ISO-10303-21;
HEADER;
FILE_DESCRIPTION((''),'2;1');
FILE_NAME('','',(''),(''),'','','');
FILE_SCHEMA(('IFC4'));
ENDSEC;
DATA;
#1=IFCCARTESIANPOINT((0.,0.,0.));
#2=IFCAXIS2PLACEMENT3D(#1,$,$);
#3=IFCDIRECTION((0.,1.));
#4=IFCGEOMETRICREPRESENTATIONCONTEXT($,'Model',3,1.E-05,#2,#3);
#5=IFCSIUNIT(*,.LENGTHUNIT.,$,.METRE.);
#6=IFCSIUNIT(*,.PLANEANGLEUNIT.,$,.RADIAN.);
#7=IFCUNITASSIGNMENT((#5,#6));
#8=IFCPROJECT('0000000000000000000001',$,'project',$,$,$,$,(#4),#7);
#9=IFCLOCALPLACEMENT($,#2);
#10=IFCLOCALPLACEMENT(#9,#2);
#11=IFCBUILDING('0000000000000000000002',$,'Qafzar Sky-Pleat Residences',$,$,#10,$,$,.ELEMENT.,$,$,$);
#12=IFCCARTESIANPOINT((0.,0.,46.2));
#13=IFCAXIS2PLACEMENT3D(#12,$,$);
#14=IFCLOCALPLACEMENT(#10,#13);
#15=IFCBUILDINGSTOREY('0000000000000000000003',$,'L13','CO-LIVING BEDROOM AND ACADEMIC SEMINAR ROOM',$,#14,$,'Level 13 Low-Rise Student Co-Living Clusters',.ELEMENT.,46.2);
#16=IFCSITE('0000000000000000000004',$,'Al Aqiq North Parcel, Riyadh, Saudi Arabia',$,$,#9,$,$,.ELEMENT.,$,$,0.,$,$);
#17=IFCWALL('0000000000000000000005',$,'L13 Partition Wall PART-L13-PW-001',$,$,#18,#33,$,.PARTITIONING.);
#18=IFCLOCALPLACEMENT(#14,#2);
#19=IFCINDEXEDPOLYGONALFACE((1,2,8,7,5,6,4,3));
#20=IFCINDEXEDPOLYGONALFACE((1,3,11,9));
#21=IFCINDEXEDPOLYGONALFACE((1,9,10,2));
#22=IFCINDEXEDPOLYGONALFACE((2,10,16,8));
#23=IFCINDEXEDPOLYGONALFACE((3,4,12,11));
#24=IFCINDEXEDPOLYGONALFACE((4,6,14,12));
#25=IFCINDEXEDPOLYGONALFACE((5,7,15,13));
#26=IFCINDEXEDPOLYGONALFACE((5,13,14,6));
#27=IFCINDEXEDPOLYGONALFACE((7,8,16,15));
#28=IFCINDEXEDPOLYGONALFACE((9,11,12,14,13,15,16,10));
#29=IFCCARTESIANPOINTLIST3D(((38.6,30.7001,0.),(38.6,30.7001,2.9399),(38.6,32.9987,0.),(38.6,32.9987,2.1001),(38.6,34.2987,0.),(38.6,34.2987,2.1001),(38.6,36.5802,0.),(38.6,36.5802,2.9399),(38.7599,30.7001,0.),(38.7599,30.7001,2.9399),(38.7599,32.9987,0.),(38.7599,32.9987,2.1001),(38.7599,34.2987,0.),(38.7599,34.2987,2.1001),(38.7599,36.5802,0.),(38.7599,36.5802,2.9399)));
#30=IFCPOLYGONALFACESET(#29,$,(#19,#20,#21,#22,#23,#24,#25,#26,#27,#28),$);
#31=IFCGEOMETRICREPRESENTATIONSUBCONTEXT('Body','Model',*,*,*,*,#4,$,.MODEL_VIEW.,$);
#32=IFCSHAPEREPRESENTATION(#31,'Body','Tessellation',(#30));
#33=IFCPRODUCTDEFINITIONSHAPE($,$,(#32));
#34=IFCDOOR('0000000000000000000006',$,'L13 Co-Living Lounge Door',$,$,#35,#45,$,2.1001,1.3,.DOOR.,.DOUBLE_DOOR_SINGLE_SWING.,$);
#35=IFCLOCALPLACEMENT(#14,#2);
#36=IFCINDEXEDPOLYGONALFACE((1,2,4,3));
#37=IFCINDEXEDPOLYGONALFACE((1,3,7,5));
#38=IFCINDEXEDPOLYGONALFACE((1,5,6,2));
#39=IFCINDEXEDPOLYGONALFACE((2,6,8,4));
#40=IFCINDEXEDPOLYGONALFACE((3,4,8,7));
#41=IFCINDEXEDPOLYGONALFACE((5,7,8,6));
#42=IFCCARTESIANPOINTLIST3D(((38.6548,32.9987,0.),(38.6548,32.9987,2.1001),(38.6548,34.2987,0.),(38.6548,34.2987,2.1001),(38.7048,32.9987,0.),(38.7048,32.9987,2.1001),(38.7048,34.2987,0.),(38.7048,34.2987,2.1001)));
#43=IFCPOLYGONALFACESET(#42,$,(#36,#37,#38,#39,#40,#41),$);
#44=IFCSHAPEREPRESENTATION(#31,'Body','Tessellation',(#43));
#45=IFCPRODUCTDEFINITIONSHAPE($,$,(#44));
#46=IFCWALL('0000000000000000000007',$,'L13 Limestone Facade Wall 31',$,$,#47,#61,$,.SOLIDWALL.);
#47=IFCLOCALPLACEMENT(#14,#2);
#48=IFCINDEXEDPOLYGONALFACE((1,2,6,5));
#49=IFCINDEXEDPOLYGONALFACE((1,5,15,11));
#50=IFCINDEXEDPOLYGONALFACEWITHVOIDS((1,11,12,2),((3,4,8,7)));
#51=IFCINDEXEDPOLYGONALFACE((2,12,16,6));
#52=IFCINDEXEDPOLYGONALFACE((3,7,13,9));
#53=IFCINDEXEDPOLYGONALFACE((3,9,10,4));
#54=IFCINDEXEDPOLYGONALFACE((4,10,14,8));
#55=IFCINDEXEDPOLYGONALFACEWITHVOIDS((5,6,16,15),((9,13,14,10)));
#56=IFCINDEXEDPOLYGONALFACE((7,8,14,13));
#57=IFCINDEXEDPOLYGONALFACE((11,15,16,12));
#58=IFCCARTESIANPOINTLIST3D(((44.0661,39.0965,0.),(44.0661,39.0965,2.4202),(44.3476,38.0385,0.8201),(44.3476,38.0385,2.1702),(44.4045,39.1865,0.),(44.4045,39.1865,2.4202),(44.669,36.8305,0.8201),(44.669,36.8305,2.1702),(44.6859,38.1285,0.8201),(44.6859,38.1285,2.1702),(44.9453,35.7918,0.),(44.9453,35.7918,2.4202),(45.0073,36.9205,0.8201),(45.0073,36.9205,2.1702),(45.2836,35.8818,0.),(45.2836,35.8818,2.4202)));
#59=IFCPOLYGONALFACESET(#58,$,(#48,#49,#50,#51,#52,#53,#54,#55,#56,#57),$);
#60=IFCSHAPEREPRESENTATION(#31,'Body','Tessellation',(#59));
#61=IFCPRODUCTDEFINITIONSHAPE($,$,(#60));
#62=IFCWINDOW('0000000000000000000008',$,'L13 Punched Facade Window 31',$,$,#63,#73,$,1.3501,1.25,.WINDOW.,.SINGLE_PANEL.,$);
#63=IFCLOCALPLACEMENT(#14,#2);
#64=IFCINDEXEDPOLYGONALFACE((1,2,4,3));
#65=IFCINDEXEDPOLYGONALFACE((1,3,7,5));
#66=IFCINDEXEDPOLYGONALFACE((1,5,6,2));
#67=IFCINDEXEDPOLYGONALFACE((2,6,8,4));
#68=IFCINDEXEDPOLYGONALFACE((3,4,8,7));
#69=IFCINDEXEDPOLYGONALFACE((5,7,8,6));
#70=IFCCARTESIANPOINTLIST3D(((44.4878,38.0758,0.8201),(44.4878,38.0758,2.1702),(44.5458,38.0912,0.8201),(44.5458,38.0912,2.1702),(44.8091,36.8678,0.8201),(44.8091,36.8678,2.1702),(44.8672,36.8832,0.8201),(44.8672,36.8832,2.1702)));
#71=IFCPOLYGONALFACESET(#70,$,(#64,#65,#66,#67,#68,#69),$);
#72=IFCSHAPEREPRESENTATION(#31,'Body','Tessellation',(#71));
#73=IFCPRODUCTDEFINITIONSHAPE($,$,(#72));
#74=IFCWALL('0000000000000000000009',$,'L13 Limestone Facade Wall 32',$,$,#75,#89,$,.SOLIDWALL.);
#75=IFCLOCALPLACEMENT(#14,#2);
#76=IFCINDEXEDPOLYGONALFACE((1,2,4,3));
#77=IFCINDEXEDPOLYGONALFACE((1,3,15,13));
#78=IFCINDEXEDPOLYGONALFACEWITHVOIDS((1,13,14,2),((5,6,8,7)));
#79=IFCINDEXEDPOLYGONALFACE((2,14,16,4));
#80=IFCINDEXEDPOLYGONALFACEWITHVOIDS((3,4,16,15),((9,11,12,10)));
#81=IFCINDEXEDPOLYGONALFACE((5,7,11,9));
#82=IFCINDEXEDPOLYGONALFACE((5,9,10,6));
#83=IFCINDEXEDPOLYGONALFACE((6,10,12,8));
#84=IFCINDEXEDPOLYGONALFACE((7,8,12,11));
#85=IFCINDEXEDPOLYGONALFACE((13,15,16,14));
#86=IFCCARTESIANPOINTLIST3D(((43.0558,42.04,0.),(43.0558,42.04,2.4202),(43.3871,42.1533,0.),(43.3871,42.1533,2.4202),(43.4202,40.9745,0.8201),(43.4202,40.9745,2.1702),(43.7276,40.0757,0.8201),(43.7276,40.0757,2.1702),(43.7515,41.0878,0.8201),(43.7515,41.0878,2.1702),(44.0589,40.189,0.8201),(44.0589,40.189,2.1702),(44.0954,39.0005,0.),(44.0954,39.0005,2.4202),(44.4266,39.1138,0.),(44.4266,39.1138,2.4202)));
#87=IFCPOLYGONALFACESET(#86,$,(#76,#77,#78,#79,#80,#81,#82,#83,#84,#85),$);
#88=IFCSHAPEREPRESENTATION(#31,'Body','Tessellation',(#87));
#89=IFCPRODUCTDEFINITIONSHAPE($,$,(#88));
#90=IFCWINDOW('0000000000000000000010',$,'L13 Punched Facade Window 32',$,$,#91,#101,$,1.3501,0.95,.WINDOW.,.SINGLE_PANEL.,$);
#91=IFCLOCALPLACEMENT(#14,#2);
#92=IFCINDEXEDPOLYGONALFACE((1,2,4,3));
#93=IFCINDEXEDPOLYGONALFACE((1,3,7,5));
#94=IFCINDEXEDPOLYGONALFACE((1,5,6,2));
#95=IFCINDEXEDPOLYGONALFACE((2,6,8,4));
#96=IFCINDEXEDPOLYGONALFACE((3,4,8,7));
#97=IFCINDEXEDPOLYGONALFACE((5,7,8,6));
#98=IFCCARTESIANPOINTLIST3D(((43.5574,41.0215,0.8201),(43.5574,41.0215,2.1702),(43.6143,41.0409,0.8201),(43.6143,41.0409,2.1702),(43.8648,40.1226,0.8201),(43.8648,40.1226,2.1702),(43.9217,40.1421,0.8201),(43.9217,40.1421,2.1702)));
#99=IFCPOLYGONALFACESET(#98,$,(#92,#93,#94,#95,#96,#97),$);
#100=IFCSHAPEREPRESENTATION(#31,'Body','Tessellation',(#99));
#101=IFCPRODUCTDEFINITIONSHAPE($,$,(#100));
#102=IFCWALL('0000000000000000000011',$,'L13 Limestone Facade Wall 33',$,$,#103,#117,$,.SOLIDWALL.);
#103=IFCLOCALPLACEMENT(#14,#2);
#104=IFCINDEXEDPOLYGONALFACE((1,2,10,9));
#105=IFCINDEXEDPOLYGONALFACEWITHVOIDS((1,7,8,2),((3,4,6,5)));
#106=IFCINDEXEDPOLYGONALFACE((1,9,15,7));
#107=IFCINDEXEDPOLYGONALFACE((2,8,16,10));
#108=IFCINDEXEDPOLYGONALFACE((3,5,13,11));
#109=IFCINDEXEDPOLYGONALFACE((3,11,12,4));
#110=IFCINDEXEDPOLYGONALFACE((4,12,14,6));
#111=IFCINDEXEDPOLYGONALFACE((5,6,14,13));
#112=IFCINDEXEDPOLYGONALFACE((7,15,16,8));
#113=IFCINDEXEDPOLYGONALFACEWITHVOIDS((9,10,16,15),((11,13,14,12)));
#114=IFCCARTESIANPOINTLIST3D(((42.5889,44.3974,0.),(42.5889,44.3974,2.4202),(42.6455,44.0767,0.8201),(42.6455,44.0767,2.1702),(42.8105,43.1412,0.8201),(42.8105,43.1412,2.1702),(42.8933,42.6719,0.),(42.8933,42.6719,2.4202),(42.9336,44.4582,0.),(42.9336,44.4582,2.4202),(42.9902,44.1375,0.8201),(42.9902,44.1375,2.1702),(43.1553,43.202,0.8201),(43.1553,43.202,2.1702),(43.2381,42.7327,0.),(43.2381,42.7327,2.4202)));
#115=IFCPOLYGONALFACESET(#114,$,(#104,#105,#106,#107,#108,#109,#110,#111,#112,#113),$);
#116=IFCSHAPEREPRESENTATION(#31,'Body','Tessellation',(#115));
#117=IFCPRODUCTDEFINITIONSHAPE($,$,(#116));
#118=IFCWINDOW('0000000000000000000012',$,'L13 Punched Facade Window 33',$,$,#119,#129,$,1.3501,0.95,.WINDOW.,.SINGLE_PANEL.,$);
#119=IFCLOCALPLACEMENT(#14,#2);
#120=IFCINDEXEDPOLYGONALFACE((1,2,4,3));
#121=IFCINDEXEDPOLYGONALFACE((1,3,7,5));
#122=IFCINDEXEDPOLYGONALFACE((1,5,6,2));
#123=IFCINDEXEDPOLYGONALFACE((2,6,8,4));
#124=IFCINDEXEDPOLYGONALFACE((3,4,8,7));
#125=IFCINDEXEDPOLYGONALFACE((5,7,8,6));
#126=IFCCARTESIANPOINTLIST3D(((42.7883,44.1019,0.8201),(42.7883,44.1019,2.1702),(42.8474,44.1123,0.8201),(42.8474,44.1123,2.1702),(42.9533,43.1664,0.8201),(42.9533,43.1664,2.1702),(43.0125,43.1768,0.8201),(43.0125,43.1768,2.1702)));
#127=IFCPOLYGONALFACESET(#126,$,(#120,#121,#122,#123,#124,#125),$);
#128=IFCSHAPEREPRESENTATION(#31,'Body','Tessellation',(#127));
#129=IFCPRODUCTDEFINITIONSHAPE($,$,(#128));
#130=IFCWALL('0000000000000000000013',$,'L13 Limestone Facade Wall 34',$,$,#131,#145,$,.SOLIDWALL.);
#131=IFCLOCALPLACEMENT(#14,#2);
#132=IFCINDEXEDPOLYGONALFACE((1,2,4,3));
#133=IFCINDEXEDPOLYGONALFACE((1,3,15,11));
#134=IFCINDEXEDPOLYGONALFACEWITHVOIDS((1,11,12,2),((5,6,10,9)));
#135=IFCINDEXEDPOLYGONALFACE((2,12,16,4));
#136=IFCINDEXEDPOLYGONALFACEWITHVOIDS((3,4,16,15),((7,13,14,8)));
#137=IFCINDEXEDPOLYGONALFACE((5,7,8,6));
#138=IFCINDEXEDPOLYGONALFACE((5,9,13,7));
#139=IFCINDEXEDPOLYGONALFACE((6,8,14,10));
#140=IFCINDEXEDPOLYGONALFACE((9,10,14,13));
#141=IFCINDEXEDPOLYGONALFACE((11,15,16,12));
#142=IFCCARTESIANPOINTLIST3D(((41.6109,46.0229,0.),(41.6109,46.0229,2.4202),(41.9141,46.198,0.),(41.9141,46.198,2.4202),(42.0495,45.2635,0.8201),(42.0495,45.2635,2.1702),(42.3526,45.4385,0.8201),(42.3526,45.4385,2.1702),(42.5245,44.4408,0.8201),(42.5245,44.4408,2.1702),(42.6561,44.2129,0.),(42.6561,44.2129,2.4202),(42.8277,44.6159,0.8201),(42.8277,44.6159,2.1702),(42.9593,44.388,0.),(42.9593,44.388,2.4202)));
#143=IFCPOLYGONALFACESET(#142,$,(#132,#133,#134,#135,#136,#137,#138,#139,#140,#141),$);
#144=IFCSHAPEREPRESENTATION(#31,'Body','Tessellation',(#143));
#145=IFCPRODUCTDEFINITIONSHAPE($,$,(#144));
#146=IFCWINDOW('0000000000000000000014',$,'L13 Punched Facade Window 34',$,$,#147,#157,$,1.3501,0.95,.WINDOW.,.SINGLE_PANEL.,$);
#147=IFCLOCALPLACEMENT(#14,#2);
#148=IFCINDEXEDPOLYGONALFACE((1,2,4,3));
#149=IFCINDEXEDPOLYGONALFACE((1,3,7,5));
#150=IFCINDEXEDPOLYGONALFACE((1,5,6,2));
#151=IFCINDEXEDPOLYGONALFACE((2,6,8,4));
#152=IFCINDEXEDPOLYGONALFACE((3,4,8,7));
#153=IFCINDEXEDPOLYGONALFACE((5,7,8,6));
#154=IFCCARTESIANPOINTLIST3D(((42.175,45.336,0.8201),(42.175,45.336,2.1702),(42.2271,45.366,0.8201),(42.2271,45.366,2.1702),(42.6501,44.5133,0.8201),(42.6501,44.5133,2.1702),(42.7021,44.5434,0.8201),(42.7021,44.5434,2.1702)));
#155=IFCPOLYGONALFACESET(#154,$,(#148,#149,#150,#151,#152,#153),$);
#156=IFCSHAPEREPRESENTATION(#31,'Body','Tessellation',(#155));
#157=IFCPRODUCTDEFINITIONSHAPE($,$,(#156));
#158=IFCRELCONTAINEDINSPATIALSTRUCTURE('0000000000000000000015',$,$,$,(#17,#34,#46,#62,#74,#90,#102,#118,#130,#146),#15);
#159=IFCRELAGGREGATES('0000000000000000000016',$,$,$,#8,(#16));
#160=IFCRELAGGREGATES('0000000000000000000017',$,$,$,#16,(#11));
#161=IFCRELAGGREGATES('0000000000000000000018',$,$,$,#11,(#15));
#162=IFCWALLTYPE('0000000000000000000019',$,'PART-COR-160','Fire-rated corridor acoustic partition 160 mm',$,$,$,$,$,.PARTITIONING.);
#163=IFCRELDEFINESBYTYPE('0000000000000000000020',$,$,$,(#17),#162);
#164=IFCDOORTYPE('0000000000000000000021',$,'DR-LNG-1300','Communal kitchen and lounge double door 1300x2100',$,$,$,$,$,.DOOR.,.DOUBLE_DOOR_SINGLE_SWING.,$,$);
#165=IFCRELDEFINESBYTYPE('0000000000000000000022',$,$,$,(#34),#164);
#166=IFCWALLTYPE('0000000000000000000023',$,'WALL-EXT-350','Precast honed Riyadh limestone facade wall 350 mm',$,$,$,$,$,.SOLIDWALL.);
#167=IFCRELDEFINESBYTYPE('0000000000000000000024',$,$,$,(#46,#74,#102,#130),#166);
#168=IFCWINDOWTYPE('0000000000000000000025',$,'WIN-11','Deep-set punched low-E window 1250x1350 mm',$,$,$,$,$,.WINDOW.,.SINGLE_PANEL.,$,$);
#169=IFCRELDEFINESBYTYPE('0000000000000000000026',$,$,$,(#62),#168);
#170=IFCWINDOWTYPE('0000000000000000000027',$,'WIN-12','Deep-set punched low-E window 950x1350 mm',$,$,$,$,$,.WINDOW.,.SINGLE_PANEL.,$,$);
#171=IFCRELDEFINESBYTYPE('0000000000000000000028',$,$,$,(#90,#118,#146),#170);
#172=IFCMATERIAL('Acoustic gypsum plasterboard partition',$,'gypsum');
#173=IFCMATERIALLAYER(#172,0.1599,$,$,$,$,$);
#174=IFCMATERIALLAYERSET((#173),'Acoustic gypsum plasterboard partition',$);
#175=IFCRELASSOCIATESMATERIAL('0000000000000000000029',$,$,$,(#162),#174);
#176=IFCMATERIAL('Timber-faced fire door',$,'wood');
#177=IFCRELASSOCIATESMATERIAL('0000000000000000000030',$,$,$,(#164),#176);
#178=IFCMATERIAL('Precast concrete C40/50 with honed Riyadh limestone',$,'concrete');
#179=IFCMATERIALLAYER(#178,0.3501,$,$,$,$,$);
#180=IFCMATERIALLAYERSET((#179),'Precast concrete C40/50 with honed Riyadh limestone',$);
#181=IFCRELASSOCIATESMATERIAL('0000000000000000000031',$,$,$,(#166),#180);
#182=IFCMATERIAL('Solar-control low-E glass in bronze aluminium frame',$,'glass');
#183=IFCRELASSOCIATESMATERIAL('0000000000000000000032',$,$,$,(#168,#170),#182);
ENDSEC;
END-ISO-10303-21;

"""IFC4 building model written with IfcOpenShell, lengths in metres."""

from ifc_helpers import new_model, si_unit, direction, frame, frame_2d, origin, place, context, subcontext, project, spatial, rectangle, extrude, source, transform, mapped, material, layer, layer_set, type_object, element, fill, save


model = new_model("IFC4")

# Units and contexts
model_context = context("Model", 3, precision=1e-05, world=origin(), true_north=direction((0.0, 1.0)))
body_context = subcontext(model_context, "Body", "Model", "MODEL_VIEW")
ifc_project = project(units=[si_unit("LENGTHUNIT", "METRE"), si_unit("PLANEANGLEUNIT", "RADIAN")], contexts=[model_context])

# Site, building, storey
site_placement = place(None, origin())
site = spatial("IfcSite", under=ifc_project, at=site_placement, Name="Al Aqiq North Parcel, Riyadh, Saudi Arabia", CompositionType="ELEMENT", RefElevation=0.0)
building_placement = place(site_placement, origin())
building = spatial("IfcBuilding", under=site, at=building_placement, Name="Qafzar Sky-Pleat Residences", CompositionType="ELEMENT")
storey_placement = place(building_placement, frame((0.0, 0.0, 46.2)))
storey = spatial("IfcBuildingStorey", under=building, at=storey_placement, Name="L13", Description="CO-LIVING BEDROOM AND ACADEMIC SEMINAR ROOM", LongName="Level 13 Low-Rise Student Co-Living Clusters", CompositionType="ELEMENT", Elevation=46.2)

# Wall, opening, door
ifc_material_1 = material(Name="Acoustic gypsum plasterboard partition", Category="gypsum")
ifc_layer_1 = layer(ifc_material_1, 0.1599)
ifc_layer_set_1 = layer_set([ifc_layer_1], Name="Acoustic gypsum plasterboard partition")
wall_type_1 = type_object("IfcWallType", Name="PART-COR-160", Description="Fire-rated corridor acoustic partition 160 mm", PredefinedType="PARTITIONING", material=ifc_layer_set_1)
wall_1_placement = place(storey_placement, frame((38.6799, 36.5801, 0.0), z_axis=(0.0, 0.0, 1.0), x_axis=(0.0, -1.0, 0.0)))
wall_1 = element("IfcWall", 1, at=wall_1_placement, inside=storey, type_object=wall_type_1, Name="L13 Partition Wall PART-L13-PW-001", PredefinedType="PARTITIONING", context=body_context, shape_type="SweptSolid", body=[
    extrude(rectangle(XDim=5.8801, YDim=0.1599, at=frame_2d((2.9399, 0.0))), origin(), (0.0, 0.0, 1.0), 2.9399),
])
opening_1_placement = place(wall_1_placement, frame((2.2815, 0.0, 0.0)))
opening_1 = element("IfcOpeningElement", 2, at=opening_1_placement, cuts=wall_1, PredefinedType="OPENING", context=body_context, shape_type="SweptSolid", body=[
    extrude(rectangle(XDim=1.3, YDim=2.1001, at=frame_2d((0.6499, 1.05))), frame((0.0, 0.0898, 0.0), z_axis=(0.0, -1.0, 0.0), x_axis=(1.0, 0.0, 0.0)), (0.0, 0.0, 1.0), 0.1799),
])
ifc_material_2 = material(Name="Timber-faced fire door", Category="wood")
door_type = type_object("IfcDoorType", Name="DR-LNG-1300", Description="Communal kitchen and lounge double door 1300x2100", OperationType="DOUBLE_DOOR_SINGLE_SWING", PredefinedType="DOOR", material=ifc_material_2)
shared_shape_1 = source(origin(), body_context, "Body", "SweptSolid", [
    extrude(rectangle(XDim=1.3, YDim=2.1001, at=frame_2d((0.6499, 1.05))), frame((0.0, 0.0249, 0.0), z_axis=(0.0, -1.0, 0.0), x_axis=(1.0, 0.0, 0.0)), (0.0, 0.0, 1.0), 0.05),
])
door_placement = place(opening_1_placement, origin())
door = element("IfcDoor", 3, at=door_placement, inside=storey, type_object=door_type, Name="L13 Co-Living Lounge Door", OperationType="DOUBLE_DOOR_SINGLE_SWING", OverallHeight=2.1001, OverallWidth=1.3, PredefinedType="DOOR", context=body_context, shape_type="MappedRepresentation", body=[
    mapped(shared_shape_1, transform((0.0, 0.0, 0.0), x_axis=(1.0, 0.0, 0.0), y_axis=(0.0, 1.0, 0.0), z_axis=(0.0, 0.0, 1.0), scale=1.0)),
])
fill(opening_1, door)

# Walls, openings, windows
ifc_material_3 = material(Name="Precast concrete C40/50 with honed Riyadh limestone", Category="concrete")
ifc_layer_2 = layer(ifc_material_3, 0.3501)
ifc_layer_set_2 = layer_set([ifc_layer_2], Name="Precast concrete C40/50 with honed Riyadh limestone")
wall_type_2 = type_object("IfcWallType", Name="WALL-EXT-350", Description="Precast honed Riyadh limestone facade wall 350 mm", PredefinedType="SOLIDWALL", material=ifc_layer_set_2)
wall_2_placement = place(storey_placement, frame((45.1145, 35.8367, 0.0), z_axis=(0.0, 0.0, 1.0), x_axis=(-0.257089, 0.966388, 0.0)))
wall_2 = element("IfcWall", 4, at=wall_2_placement, inside=storey, type_object=wall_type_2, Name="L13 Limestone Facade Wall 31", PredefinedType="SOLIDWALL", context=body_context, shape_type="SweptSolid", body=[
    extrude(rectangle(XDim=3.4197, YDim=0.3501, at=frame_2d((1.71, 0.0))), origin(), (0.0, 0.0, 1.0), 2.4202),
])
opening_2_placement = place(wall_2_placement, frame((1.075, 0.0, 0.8201)))
opening_2 = element("IfcOpeningElement", 5, at=opening_2_placement, cuts=wall_2, PredefinedType="OPENING", context=body_context, shape_type="SweptSolid", body=[
    extrude(rectangle(XDim=1.25, YDim=1.3501, at=frame_2d((0.625, 0.675))), frame((0.0, 0.1851, 0.0), z_axis=(0.0, -1.0, 0.0), x_axis=(1.0, 0.0, 0.0)), (0.0, 0.0, 1.0), 0.3701),
])
ifc_material_4 = material(Name="Solar-control low-E glass in bronze aluminium frame", Category="glass")
window_type_1 = type_object("IfcWindowType", Name="WIN-11", Description="Deep-set punched low-E window 1250x1350 mm", PartitioningType="SINGLE_PANEL", PredefinedType="WINDOW", material=ifc_material_4)
shared_shape_2 = source(origin(), body_context, "Body", "SweptSolid", [
    extrude(rectangle(XDim=1.25, YDim=1.3501, at=frame_2d((0.625, 0.675))), frame((0.0, 0.03, 0.0), z_axis=(0.0, -1.0, 0.0), x_axis=(1.0, 0.0, 0.0)), (0.0, 0.0, 1.0), 0.0601),
])
window_1_placement = place(opening_2_placement, origin())
window_1 = element("IfcWindow", 6, at=window_1_placement, inside=storey, type_object=window_type_1, Name="L13 Punched Facade Window 31", OverallHeight=1.3501, OverallWidth=1.25, PartitioningType="SINGLE_PANEL", PredefinedType="WINDOW", context=body_context, shape_type="MappedRepresentation", body=[
    mapped(shared_shape_2, transform((0.0, 0.0, 0.0), x_axis=(1.0, 0.0, 0.0), y_axis=(0.0, 1.0, 0.0), z_axis=(0.0, 0.0, 1.0), scale=1.0)),
])
fill(opening_2, window_1)
wall_3_placement = place(storey_placement, frame((44.261, 39.0571, 0.0), z_axis=(0.0, 0.0, 1.0), x_axis=(-0.323605, 0.946192, 0.0)))
wall_3 = element("IfcWall", 7, at=wall_3_placement, inside=storey, type_object=wall_type_2, Name="L13 Limestone Facade Wall 32", PredefinedType="SOLIDWALL", context=body_context, shape_type="SweptSolid", body=[
    extrude(rectangle(XDim=3.2124, YDim=0.3501, at=frame_2d((1.6062, 0.0))), origin(), (0.0, 0.0, 1.0), 2.4202),
])
opening_3_placement = place(wall_3_placement, frame((1.1362, 0.0, 0.8201)))
opening_3 = element("IfcOpeningElement", 8, at=opening_3_placement, cuts=wall_3, PredefinedType="OPENING", context=body_context, shape_type="SweptSolid", body=[
    extrude(rectangle(XDim=0.95, YDim=1.3501, at=frame_2d((0.4751, 0.675))), frame((0.0, 0.1851, 0.0), z_axis=(0.0, -1.0, 0.0), x_axis=(1.0, 0.0, 0.0)), (0.0, 0.0, 1.0), 0.3701),
])
window_type_2 = type_object("IfcWindowType", Name="WIN-12", Description="Deep-set punched low-E window 950x1350 mm", PartitioningType="SINGLE_PANEL", PredefinedType="WINDOW", material=ifc_material_4)
shared_shape_3 = source(origin(), body_context, "Body", "SweptSolid", [
    extrude(rectangle(XDim=0.95, YDim=1.3501, at=frame_2d((0.4751, 0.675))), frame((0.0, 0.03, 0.0), z_axis=(0.0, -1.0, 0.0), x_axis=(1.0, 0.0, 0.0)), (0.0, 0.0, 1.0), 0.0601),
])
window_2_placement = place(opening_3_placement, origin())
window_2 = element("IfcWindow", 9, at=window_2_placement, inside=storey, type_object=window_type_2, Name="L13 Punched Facade Window 32", OverallHeight=1.3501, OverallWidth=0.95, PartitioningType="SINGLE_PANEL", PredefinedType="WINDOW", context=body_context, shape_type="MappedRepresentation", body=[
    mapped(shared_shape_3, transform((0.0, 0.0, 0.0), x_axis=(1.0, 0.0, 0.0), y_axis=(0.0, 1.0, 0.0), z_axis=(0.0, 0.0, 1.0), scale=1.0)),
])
fill(opening_3, window_2)
wall_4_placement = place(storey_placement, frame((43.0657, 42.7024, 0.0), z_axis=(0.0, 0.0, 1.0), x_axis=(-0.173746, 0.984791, 0.0)))
wall_4 = element("IfcWall", 10, at=wall_4_placement, inside=storey, type_object=wall_type_2, Name="L13 Limestone Facade Wall 33", PredefinedType="SOLIDWALL", context=body_context, shape_type="SweptSolid", body=[
    extrude(rectangle(XDim=1.7522, YDim=0.3501, at=frame_2d((0.876, 0.0))), origin(), (0.0, 0.0, 1.0), 2.4202),
])
opening_4_placement = place(wall_4_placement, frame((0.4763, 0.0, 0.8201)))
opening_4 = element("IfcOpeningElement", 11, at=opening_4_placement, cuts=wall_4, PredefinedType="OPENING", context=body_context, shape_type="SweptSolid", body=[
    extrude(rectangle(XDim=0.95, YDim=1.3501, at=frame_2d((0.4751, 0.675))), frame((0.0, 0.1851, 0.0), z_axis=(0.0, -1.0, 0.0), x_axis=(1.0, 0.0, 0.0)), (0.0, 0.0, 1.0), 0.3701),
])
window_3_placement = place(opening_4_placement, origin())
window_3 = element("IfcWindow", 12, at=window_3_placement, inside=storey, type_object=window_type_2, Name="L13 Punched Facade Window 33", OverallHeight=1.3501, OverallWidth=0.95, PartitioningType="SINGLE_PANEL", PredefinedType="WINDOW", context=body_context, shape_type="MappedRepresentation", body=[
    mapped(shared_shape_3, transform((0.0, 0.0, 0.0), x_axis=(1.0, 0.0, 0.0), y_axis=(0.0, 1.0, 0.0), z_axis=(0.0, 0.0, 1.0), scale=1.0)),
])
fill(opening_4, window_3)
wall_5_placement = place(storey_placement, frame((42.8076, 44.3005, 0.0), z_axis=(0.0, 0.0, 1.0), x_axis=(-0.500046, 0.865999, 0.0)))
wall_5 = element("IfcWall", 13, at=wall_5_placement, inside=storey, type_object=wall_type_2, Name="L13 Limestone Facade Wall 34", PredefinedType="SOLIDWALL", context=body_context, shape_type="SweptSolid", body=[
    extrude(rectangle(XDim=2.0901, YDim=0.3501, at=frame_2d((1.0449, 0.0))), origin(), (0.0, 0.0, 1.0), 2.4202),
])
opening_5_placement = place(wall_5_placement, frame((0.2629, 0.0, 0.8201)))
opening_5 = element("IfcOpeningElement", 14, at=opening_5_placement, cuts=wall_5, PredefinedType="OPENING", context=body_context, shape_type="SweptSolid", body=[
    extrude(rectangle(XDim=0.95, YDim=1.3501, at=frame_2d((0.4751, 0.675))), frame((0.0, 0.1851, 0.0), z_axis=(0.0, -1.0, 0.0), x_axis=(1.0, 0.0, 0.0)), (0.0, 0.0, 1.0), 0.3701),
])
window_4_placement = place(opening_5_placement, origin())
window_4 = element("IfcWindow", 15, at=window_4_placement, inside=storey, type_object=window_type_2, Name="L13 Punched Facade Window 34", OverallHeight=1.3501, OverallWidth=0.95, PartitioningType="SINGLE_PANEL", PredefinedType="WINDOW", context=body_context, shape_type="MappedRepresentation", body=[
    mapped(shared_shape_3, transform((0.0, 0.0, 0.0), x_axis=(1.0, 0.0, 0.0), y_axis=(0.0, 1.0, 0.0), z_axis=(0.0, 0.0, 1.0), scale=1.0)),
])
fill(opening_5, window_4)

save(model, "model.ifc")
